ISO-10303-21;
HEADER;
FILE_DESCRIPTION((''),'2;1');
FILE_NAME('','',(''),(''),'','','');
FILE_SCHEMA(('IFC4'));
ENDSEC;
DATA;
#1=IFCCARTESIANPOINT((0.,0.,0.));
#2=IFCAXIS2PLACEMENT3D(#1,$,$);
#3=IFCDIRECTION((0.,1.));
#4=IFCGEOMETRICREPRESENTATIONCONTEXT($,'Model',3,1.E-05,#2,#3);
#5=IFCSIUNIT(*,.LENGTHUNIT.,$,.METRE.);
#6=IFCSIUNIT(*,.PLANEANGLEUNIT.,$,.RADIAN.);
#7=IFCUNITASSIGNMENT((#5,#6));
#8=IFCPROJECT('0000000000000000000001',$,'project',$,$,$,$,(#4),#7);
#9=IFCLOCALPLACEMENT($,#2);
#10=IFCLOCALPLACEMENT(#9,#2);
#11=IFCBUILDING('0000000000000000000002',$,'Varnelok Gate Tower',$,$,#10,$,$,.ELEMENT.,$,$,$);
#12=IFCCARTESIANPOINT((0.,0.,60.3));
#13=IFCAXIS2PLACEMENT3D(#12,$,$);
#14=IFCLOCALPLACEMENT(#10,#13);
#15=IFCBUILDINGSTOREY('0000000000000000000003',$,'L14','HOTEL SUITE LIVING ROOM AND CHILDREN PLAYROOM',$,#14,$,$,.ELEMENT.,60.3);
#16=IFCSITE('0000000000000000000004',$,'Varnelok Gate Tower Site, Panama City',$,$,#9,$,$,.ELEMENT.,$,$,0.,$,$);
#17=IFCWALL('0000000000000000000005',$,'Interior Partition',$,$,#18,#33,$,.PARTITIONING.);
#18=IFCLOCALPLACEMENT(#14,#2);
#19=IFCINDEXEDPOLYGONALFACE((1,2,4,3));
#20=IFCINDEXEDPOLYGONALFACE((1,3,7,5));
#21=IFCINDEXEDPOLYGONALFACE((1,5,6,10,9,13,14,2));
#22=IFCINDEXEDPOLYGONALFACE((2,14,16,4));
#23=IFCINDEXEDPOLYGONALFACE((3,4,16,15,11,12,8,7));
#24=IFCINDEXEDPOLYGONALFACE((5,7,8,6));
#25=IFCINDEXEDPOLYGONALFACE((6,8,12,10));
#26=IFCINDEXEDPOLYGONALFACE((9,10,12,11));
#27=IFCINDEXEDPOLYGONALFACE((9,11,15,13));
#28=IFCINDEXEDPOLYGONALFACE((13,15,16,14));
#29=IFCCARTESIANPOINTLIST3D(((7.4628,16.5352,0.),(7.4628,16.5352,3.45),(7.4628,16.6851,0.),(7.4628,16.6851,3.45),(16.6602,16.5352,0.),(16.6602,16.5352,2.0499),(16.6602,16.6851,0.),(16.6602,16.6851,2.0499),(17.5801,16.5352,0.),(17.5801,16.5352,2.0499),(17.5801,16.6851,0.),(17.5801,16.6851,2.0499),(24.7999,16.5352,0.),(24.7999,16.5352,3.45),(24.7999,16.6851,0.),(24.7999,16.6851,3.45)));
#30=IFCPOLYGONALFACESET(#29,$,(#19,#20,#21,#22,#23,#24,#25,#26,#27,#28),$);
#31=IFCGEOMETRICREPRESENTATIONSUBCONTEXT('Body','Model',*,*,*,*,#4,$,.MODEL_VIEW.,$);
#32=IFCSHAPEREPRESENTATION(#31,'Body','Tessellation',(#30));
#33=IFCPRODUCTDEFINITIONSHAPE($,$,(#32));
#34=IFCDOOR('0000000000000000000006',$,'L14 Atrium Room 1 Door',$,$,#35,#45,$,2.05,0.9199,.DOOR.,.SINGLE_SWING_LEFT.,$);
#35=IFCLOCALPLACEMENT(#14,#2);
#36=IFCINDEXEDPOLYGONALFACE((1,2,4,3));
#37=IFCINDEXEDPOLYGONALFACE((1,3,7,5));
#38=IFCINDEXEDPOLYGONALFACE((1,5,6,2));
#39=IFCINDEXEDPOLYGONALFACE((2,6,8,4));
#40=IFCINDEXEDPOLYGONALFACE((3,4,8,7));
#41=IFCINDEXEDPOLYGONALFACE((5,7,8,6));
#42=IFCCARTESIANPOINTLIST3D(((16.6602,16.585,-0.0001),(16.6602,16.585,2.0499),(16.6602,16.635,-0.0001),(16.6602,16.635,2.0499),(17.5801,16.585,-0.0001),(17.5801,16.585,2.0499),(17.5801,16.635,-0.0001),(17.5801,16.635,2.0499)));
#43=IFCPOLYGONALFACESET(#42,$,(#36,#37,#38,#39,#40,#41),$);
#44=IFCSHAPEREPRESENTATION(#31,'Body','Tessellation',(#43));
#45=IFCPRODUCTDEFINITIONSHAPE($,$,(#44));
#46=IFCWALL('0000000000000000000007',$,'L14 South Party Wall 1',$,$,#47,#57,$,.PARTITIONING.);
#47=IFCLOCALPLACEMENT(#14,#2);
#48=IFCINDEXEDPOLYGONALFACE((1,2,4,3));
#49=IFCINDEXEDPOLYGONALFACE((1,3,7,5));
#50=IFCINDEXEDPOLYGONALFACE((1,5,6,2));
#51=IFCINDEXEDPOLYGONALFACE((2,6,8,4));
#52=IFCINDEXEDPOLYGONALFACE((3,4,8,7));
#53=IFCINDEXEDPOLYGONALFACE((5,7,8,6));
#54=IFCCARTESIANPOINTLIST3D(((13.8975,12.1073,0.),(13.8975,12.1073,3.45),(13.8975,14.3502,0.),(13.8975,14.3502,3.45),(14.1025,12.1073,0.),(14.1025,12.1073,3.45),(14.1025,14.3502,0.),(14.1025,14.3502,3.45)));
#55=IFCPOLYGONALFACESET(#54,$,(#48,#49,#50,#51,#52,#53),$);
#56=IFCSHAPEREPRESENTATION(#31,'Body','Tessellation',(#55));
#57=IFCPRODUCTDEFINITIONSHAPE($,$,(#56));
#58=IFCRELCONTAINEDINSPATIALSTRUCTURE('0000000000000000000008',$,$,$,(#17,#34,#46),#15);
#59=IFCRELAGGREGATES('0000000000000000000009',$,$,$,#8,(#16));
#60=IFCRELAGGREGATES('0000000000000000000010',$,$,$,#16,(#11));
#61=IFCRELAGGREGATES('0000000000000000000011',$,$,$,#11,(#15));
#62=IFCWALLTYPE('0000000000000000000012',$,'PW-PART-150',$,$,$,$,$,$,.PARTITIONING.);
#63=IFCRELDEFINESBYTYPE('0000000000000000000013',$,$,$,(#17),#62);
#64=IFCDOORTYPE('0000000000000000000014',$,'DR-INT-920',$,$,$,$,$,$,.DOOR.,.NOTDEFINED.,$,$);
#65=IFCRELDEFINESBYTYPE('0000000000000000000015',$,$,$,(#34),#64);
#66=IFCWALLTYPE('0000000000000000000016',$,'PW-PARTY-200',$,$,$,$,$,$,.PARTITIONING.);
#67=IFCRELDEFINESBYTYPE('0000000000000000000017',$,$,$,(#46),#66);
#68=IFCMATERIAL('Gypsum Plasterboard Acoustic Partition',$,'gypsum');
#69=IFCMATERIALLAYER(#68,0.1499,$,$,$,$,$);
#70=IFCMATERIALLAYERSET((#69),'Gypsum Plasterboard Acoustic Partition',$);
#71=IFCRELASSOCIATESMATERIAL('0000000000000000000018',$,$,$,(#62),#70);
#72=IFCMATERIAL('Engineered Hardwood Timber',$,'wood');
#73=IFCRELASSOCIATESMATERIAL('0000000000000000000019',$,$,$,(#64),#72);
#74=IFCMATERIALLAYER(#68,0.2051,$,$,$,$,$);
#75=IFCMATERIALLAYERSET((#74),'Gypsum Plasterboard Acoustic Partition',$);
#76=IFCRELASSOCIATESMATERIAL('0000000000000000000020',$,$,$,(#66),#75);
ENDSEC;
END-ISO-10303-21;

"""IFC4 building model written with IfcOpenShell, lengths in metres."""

from ifc_helpers import new_model, si_unit, direction, frame, frame_2d, origin, place, context, subcontext, project, spatial, rectangle, extrude, material, layer, layer_set, type_object, element, fill, save


model = new_model("IFC4")

# Units and contexts
model_context = context("Model", 3, precision=1e-05, world=origin(), true_north=direction((0.0, 1.0)))
body_context = subcontext(model_context, "Body", "Model", "MODEL_VIEW")
ifc_project = project(units=[si_unit("LENGTHUNIT", "METRE"), si_unit("PLANEANGLEUNIT", "RADIAN")], contexts=[model_context])

# Site, building, storey
site_placement = place(None, origin())
site = spatial("IfcSite", under=ifc_project, at=site_placement, Name="Varnelok Gate Tower Site, Panama City", CompositionType="ELEMENT", RefElevation=0.0)
building_placement = place(site_placement, origin())
building = spatial("IfcBuilding", under=site, at=building_placement, Name="Varnelok Gate Tower", CompositionType="ELEMENT")
storey_placement = place(building_placement, frame((0.0, 0.0, 60.3)))
storey = spatial("IfcBuildingStorey", under=building, at=storey_placement, Name="L14", Description="HOTEL SUITE LIVING ROOM AND CHILDREN PLAYROOM", CompositionType="ELEMENT", Elevation=60.3)

# Shared definitions
ifc_material_1 = material(Name="Gypsum Plasterboard Acoustic Partition", Category="gypsum")
ifc_material_2 = material(Name="Engineered Hardwood Timber", Category="wood")

# Wall, opening, door
ifc_layer_1 = layer(ifc_material_1, 0.1499)
ifc_layer_set_1 = layer_set([ifc_layer_1], Name="Gypsum Plasterboard Acoustic Partition")
wall_type_1 = type_object("IfcWallType", Name="PW-PART-150", PredefinedType="PARTITIONING", material=ifc_layer_set_1)
wall_1_placement = place(storey_placement, frame((7.4629, 16.6101, 0.0), z_axis=(0.0, 0.0, 1.0), x_axis=(1.0, 0.0, 0.0)))
wall_1 = element("IfcWall", 1, at=wall_1_placement, inside=storey, type_object=wall_type_1, Name="Interior Partition", PredefinedType="PARTITIONING", context=body_context, shape_type="SweptSolid", body=[
    extrude(rectangle(XDim=17.3372, YDim=0.1499, at=frame_2d((8.6685, 0.0))), origin(), (0.0, 0.0, 1.0), 3.45),
])
opening_1_placement = place(wall_1_placement, frame((9.1973, 0.0, 0.0)))
opening_1 = element("IfcOpeningElement", 2, at=opening_1_placement, cuts=wall_1, PredefinedType="OPENING", context=body_context, shape_type="SweptSolid", body=[
    extrude(rectangle(XDim=0.9199, YDim=2.05, at=frame_2d((0.46, 1.0249))), frame((0.0, 0.085, 0.0), z_axis=(0.0, -1.0, 0.0), x_axis=(1.0, 0.0, 0.0)), (0.0, 0.0, 1.0), 0.1699),
])
door_type_1 = type_object("IfcDoorType", Name="DR-INT-920", OperationType="NOTDEFINED", PredefinedType="DOOR", material=ifc_material_2)
door_1_placement = place(opening_1_placement, origin())
door_1 = element("IfcDoor", 3, at=door_1_placement, inside=storey, type_object=door_type_1, Name="L14 Atrium Room 1 Door", OperationType="SINGLE_SWING_LEFT", OverallHeight=2.05, OverallWidth=0.9199, PredefinedType="DOOR", context=body_context, shape_type="SweptSolid", body=[
    extrude(rectangle(XDim=0.9199, YDim=2.05, at=frame_2d((0.46, 1.0249))), frame((0.0, 0.0249, 0.0), z_axis=(0.0, -1.0, 0.0), x_axis=(1.0, 0.0, 0.0)), (0.0, 0.0, 1.0), 0.05),
])
fill(opening_1, door_1)

# Wall
ifc_layer_2 = layer(ifc_material_1, 0.2051)
ifc_layer_set_2 = layer_set([ifc_layer_2], Name="Gypsum Plasterboard Acoustic Partition")
wall_type_2 = type_object("IfcWallType", Name="PW-PARTY-200", PredefinedType="PARTITIONING", material=ifc_layer_set_2)
wall_2_placement = place(storey_placement, frame((14.0, 12.1072, 0.0), z_axis=(0.0, 0.0, 1.0), x_axis=(0.0, 1.0, 0.0)))
element("IfcWall", 4, at=wall_2_placement, inside=storey, type_object=wall_type_2, Name="L14 South Party Wall 1", PredefinedType="PARTITIONING", context=body_context, shape_type="SweptSolid", body=[
    extrude(rectangle(XDim=2.2429, YDim=0.2051, at=frame_2d((1.1216, 0.0))), origin(), (0.0, 0.0, 1.0), 3.45),
])

save(model, "model.ifc")
